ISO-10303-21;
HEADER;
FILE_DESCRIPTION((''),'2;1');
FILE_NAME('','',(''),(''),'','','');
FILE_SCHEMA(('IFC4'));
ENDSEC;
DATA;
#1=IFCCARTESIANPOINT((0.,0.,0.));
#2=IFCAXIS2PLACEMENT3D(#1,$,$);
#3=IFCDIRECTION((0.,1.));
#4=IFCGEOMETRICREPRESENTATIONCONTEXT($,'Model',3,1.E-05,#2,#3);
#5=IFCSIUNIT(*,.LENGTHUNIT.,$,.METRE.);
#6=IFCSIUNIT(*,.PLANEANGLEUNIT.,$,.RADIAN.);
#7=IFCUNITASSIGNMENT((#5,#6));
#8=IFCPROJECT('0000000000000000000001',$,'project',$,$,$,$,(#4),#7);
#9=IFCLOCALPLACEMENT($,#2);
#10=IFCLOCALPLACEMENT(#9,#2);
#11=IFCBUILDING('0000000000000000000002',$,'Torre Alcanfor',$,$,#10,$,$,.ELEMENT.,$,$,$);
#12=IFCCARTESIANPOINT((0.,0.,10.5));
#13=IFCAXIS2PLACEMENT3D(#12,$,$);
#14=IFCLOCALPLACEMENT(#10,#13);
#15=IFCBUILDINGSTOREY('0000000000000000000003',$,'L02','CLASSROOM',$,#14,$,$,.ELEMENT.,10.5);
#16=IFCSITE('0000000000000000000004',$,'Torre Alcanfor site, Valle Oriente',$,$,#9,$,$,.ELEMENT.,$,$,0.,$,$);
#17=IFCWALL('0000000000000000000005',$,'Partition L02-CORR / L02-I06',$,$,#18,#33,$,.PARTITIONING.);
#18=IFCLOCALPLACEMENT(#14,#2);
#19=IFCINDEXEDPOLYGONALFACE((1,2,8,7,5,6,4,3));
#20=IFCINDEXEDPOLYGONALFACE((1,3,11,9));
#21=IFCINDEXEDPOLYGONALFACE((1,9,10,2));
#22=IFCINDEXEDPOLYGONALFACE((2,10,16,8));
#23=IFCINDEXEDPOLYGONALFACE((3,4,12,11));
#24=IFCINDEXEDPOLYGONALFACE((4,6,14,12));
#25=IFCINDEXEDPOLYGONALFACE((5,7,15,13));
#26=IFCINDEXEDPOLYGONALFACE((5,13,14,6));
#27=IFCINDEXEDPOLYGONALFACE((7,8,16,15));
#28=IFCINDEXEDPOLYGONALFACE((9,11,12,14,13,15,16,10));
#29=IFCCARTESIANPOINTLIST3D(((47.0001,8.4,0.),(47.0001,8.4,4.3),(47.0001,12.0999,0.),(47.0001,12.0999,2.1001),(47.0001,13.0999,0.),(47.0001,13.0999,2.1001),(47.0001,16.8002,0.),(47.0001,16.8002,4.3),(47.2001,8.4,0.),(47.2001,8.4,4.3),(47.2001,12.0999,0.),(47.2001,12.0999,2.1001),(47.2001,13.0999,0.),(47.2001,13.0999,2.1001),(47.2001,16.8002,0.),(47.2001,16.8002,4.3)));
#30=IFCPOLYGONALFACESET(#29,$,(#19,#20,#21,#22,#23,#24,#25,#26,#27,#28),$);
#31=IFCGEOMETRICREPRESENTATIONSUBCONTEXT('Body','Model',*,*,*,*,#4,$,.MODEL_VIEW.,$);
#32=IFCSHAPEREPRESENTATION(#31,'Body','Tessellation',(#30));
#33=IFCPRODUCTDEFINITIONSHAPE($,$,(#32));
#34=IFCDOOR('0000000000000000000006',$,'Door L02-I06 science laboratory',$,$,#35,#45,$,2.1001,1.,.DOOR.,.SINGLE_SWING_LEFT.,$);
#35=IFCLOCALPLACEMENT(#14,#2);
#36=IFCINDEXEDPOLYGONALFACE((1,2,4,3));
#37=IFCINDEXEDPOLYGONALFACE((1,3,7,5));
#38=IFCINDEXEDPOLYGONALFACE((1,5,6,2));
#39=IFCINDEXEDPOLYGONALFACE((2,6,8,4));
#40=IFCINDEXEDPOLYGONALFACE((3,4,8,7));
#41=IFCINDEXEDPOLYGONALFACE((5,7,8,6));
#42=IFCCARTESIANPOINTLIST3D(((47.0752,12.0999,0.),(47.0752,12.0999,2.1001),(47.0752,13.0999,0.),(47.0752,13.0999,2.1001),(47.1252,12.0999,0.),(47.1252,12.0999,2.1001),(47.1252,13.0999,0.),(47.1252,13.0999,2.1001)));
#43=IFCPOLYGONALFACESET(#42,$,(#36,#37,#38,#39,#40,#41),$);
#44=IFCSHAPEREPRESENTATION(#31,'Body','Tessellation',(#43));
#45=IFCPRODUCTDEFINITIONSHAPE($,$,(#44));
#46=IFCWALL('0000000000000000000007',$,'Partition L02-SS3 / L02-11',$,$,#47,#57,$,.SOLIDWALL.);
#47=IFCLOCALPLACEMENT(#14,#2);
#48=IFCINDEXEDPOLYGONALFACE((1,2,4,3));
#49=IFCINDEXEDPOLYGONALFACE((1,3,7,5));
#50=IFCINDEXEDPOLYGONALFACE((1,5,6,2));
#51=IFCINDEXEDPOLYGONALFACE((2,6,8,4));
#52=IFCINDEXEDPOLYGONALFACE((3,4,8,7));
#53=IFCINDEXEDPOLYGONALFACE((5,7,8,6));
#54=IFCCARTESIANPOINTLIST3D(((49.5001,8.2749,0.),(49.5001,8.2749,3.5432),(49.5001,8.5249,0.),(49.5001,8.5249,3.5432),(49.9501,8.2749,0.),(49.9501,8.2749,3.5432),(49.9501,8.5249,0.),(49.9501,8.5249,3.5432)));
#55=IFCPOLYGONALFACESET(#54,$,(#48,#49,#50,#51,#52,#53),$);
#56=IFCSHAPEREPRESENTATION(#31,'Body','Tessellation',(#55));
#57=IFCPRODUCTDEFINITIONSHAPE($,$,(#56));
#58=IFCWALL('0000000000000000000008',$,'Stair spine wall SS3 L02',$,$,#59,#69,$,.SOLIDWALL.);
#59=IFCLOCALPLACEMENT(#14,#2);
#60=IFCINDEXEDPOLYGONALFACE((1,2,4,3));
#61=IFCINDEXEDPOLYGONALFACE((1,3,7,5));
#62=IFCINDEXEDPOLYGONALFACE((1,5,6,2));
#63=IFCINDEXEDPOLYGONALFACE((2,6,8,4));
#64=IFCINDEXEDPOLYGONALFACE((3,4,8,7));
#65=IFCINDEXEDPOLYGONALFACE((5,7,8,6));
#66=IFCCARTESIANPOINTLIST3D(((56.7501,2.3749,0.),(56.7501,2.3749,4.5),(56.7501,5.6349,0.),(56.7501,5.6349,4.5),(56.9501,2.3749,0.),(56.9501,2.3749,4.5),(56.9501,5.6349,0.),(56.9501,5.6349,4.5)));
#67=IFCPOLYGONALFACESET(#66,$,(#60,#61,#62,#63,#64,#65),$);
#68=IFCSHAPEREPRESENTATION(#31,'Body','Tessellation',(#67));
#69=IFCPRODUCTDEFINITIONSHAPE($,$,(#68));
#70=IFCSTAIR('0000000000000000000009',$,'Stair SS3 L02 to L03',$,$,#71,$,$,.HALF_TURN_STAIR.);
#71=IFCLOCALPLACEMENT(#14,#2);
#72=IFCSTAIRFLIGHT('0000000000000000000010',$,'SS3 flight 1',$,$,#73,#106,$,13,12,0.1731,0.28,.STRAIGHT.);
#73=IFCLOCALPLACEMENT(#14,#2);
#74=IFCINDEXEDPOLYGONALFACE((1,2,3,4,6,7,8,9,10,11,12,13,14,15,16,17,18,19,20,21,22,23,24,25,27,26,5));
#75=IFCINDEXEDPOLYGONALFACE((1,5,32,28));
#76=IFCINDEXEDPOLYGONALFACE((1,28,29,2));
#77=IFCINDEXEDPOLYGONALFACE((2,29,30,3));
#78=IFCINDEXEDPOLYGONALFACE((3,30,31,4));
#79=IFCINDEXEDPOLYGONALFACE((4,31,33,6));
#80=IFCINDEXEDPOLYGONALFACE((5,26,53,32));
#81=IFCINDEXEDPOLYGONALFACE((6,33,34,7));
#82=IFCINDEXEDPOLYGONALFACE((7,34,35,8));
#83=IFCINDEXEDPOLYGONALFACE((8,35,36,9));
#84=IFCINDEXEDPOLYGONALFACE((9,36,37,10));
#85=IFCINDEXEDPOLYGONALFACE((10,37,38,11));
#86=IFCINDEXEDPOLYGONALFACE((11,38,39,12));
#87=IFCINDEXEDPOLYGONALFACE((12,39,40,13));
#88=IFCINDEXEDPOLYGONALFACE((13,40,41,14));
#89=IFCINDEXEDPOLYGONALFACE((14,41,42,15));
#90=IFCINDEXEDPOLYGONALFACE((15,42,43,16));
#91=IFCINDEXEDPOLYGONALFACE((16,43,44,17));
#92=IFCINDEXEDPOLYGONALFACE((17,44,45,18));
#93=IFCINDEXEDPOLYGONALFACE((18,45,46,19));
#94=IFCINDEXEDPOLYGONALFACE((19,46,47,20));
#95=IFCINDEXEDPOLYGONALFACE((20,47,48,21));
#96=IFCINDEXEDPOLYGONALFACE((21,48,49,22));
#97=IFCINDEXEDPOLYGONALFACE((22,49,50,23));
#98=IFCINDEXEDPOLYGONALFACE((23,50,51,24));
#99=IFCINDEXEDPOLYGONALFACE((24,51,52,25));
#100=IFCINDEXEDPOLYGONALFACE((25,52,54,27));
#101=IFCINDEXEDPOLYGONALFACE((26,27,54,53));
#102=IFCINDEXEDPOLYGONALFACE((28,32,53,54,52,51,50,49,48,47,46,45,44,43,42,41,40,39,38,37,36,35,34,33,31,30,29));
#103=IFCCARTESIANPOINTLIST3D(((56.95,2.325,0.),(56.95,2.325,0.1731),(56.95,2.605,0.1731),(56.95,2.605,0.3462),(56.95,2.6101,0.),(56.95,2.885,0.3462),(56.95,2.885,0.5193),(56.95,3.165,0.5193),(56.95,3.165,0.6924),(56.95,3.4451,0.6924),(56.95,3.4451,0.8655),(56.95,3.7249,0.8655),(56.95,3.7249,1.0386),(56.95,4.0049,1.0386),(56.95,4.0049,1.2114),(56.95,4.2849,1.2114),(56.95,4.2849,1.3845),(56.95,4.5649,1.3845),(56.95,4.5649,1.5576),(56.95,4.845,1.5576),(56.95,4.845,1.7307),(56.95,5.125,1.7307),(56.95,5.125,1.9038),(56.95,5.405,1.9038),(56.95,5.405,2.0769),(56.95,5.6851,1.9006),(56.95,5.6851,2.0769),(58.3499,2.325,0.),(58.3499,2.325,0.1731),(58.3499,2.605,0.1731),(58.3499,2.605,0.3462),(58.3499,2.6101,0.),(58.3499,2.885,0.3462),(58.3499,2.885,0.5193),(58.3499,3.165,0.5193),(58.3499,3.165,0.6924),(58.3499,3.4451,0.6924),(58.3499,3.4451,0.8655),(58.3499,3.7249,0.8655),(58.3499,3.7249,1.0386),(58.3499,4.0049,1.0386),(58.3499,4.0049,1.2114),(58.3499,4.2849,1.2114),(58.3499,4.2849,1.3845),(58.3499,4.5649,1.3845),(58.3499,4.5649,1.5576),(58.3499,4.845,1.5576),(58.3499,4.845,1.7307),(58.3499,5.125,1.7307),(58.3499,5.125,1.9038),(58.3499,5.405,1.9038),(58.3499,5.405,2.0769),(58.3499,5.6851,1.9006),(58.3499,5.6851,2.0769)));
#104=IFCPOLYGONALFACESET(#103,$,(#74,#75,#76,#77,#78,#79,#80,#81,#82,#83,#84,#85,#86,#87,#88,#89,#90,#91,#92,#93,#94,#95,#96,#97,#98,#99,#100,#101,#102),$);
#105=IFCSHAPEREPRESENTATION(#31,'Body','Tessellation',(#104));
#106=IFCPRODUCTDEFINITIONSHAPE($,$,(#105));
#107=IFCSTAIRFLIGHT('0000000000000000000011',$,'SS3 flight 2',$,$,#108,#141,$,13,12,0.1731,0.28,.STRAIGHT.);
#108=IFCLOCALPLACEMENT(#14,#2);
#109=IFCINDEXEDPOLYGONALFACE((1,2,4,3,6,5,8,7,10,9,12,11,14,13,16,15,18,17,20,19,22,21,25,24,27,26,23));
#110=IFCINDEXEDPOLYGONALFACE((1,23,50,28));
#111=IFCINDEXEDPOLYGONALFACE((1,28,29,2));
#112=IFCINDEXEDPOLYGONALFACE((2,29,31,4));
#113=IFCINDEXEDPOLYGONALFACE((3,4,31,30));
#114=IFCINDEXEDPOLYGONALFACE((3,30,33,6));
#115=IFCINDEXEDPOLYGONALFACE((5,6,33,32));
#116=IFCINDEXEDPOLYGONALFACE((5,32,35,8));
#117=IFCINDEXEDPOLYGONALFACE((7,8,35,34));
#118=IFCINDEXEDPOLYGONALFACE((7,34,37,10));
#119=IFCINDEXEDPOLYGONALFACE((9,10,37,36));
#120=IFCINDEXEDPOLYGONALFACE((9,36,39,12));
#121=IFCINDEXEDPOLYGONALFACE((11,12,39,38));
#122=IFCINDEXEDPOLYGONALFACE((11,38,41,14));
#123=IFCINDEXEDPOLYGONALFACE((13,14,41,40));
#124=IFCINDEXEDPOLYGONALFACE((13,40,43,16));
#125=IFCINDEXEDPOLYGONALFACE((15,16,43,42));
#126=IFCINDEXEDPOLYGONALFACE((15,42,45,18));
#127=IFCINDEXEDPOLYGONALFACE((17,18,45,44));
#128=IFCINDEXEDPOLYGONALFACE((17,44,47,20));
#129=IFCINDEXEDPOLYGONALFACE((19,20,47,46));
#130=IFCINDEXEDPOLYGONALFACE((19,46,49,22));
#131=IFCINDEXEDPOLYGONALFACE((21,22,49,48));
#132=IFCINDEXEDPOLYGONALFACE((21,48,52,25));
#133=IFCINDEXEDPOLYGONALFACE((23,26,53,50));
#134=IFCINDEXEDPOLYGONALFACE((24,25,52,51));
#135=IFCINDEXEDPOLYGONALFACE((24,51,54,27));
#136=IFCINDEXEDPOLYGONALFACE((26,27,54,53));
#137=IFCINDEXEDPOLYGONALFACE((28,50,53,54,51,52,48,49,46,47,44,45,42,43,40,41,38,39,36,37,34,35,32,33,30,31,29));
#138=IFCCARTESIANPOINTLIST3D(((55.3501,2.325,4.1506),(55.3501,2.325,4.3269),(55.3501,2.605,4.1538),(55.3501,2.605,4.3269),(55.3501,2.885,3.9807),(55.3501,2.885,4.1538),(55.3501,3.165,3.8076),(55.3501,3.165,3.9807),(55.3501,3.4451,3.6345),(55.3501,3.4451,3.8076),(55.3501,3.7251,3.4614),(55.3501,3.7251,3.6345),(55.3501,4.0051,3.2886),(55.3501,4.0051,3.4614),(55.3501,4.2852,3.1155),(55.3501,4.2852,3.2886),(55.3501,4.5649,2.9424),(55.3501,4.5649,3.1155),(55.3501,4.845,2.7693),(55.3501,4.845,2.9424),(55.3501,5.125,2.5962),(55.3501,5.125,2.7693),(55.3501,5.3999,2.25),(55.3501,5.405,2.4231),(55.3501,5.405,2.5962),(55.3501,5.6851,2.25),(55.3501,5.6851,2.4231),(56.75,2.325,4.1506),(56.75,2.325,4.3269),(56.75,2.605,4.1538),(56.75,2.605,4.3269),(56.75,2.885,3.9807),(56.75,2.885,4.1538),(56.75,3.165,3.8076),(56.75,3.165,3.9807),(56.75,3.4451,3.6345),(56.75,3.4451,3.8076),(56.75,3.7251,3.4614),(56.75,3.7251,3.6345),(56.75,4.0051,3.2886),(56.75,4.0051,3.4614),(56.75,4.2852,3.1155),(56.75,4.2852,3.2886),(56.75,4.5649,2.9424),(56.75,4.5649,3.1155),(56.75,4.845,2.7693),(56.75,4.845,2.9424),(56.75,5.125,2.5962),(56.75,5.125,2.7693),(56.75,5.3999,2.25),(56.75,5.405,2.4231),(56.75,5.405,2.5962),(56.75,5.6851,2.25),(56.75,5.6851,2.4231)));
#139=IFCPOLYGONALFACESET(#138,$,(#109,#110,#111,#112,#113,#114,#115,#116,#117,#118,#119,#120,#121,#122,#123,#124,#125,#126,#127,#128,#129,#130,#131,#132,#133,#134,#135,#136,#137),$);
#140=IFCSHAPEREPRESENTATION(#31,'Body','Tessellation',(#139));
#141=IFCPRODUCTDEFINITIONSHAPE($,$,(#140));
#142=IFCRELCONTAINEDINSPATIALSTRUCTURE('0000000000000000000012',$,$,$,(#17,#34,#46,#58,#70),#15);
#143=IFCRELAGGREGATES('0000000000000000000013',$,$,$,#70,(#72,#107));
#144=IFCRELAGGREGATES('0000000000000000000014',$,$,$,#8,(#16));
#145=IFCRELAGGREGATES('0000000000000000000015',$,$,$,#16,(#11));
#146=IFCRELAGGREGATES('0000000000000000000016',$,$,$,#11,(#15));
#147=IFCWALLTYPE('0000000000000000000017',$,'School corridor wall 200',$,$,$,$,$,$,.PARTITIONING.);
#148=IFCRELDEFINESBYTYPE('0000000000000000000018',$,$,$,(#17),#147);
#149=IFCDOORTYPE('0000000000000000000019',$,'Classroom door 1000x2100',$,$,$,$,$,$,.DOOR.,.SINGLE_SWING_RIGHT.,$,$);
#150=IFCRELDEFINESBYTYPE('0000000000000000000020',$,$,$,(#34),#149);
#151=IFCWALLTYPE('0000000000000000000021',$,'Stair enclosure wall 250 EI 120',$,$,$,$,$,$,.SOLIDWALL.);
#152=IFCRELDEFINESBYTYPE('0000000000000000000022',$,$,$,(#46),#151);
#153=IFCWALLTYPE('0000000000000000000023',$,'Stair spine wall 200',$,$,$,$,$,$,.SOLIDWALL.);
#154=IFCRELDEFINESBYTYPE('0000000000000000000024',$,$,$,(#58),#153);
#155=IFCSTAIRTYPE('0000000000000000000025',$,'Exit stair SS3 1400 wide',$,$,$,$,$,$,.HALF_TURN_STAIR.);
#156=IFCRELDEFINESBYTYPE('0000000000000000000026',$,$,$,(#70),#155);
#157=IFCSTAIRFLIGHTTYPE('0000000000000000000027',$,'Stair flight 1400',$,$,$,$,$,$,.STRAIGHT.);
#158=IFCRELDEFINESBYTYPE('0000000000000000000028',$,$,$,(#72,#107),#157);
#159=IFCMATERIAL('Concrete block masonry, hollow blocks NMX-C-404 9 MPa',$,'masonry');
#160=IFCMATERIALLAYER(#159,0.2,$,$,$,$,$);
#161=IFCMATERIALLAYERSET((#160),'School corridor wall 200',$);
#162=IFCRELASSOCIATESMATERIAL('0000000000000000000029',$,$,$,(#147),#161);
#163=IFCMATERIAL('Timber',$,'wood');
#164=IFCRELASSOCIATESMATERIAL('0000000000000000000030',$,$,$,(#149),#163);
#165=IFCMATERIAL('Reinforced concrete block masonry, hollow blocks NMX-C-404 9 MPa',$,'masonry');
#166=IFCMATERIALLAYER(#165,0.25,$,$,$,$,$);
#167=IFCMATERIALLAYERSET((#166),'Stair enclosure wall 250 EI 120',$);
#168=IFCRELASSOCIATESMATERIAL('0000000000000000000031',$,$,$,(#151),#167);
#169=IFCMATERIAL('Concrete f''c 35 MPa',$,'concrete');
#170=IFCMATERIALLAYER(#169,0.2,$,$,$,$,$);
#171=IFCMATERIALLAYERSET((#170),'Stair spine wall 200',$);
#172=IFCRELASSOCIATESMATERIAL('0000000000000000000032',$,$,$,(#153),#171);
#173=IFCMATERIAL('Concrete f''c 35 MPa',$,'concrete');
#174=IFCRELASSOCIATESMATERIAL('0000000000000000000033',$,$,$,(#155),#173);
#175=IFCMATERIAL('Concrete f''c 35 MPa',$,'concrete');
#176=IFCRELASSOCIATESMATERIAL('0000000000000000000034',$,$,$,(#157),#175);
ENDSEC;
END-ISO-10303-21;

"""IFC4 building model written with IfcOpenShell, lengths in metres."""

from ifc_helpers import new_model, si_unit, direction, frame, frame_2d, origin, place, context, subcontext, project, spatial, polyline, rectangle, outline, extrude, material, layer, layer_set, type_object, element, fill, aggregate, save


model = new_model("IFC4")

# Units and contexts
model_context = context("Model", 3, precision=1e-05, world=origin(), true_north=direction((0.0, 1.0)))
body_context = subcontext(model_context, "Body", "Model", "MODEL_VIEW")
ifc_project = project(units=[si_unit("LENGTHUNIT", "METRE"), si_unit("PLANEANGLEUNIT", "RADIAN")], contexts=[model_context])

# Site, building, storey
site_placement = place(None, origin())
site = spatial("IfcSite", under=ifc_project, at=site_placement, Name="Torre Alcanfor site, Valle Oriente", CompositionType="ELEMENT", RefElevation=0.0)
building_placement = place(site_placement, origin())
building = spatial("IfcBuilding", under=site, at=building_placement, Name="Torre Alcanfor", CompositionType="ELEMENT")
storey_placement = place(building_placement, frame((0.0, 0.0, 10.5)))
storey = spatial("IfcBuildingStorey", under=building, at=storey_placement, Name="L02", Description="CLASSROOM", CompositionType="ELEMENT", Elevation=10.5)

# Shared definitions
ifc_material_1 = material(Name="Concrete block masonry, hollow blocks NMX-C-404 9 MPa", Category="masonry")
ifc_layer_1 = layer(ifc_material_1, 0.2)
ifc_layer_set_1 = layer_set([ifc_layer_1], Name="School corridor wall 200")
wall_type_1 = type_object("IfcWallType", Name="School corridor wall 200", PredefinedType="PARTITIONING", material=ifc_layer_set_1)
ifc_material_2 = material(Name="Timber", Category="wood")
door_type = type_object("IfcDoorType", Name="Classroom door 1000x2100", OperationType="SINGLE_SWING_RIGHT", PredefinedType="DOOR", material=ifc_material_2)

# Wall, opening, door
wall_1_placement = place(storey_placement, frame((47.1001, 8.3999, 0.0), z_axis=(0.0, 0.0, 1.0), x_axis=(0.0, 1.0, 0.0)))
wall_1 = element("IfcWall", 1, at=wall_1_placement, inside=storey, type_object=wall_type_1, Name="Partition L02-CORR / L02-I06", PredefinedType="PARTITIONING", context=body_context, shape_type="SweptSolid", body=[
    extrude(rectangle(XDim=8.4001, YDim=0.2, at=frame_2d((4.2002, 0.0))), origin(), (0.0, 0.0, 1.0), 4.3),
])
opening_1_placement = place(wall_1_placement, frame((3.7, 0.0, 0.0)))
opening_1 = element("IfcOpeningElement", 2, at=opening_1_placement, cuts=wall_1, PredefinedType="OPENING", context=body_context, shape_type="SweptSolid", body=[
    extrude(rectangle(XDim=1.0, YDim=2.1001, at=frame_2d((0.5, 1.05))), frame((0.0, 0.1099, 0.0), z_axis=(0.0, -1.0, 0.0), x_axis=(1.0, 0.0, 0.0)), (0.0, 0.0, 1.0), 0.22),
])
door_1_placement = place(opening_1_placement, origin())
door_1 = element("IfcDoor", 3, at=door_1_placement, inside=storey, type_object=door_type, Name="Door L02-I06 science laboratory", OperationType="SINGLE_SWING_LEFT", OverallHeight=2.1001, OverallWidth=1.0, PredefinedType="DOOR", context=body_context, shape_type="SweptSolid", body=[
    extrude(rectangle(XDim=1.0, YDim=2.1001, at=frame_2d((0.5, 1.05))), frame((0.0, 0.0249, 0.0), z_axis=(0.0, -1.0, 0.0), x_axis=(1.0, 0.0, 0.0)), (0.0, 0.0, 1.0), 0.05),
])
fill(opening_1, door_1)

# Walls
ifc_material_3 = material(Name="Reinforced concrete block masonry, hollow blocks NMX-C-404 9 MPa", Category="masonry")
ifc_layer_2 = layer(ifc_material_3, 0.25)
ifc_layer_set_2 = layer_set([ifc_layer_2], Name="Stair enclosure wall 250 EI 120")
wall_type_2 = type_object("IfcWallType", Name="Stair enclosure wall 250 EI 120", PredefinedType="SOLIDWALL", material=ifc_layer_set_2)
wall_2_placement = place(storey_placement, frame((49.5, 8.3999, 0.0), z_axis=(0.0, 0.0, 1.0), x_axis=(1.0, 0.0, 0.0)))
element("IfcWall", 4, at=wall_2_placement, inside=storey, type_object=wall_type_2, Name="Partition L02-SS3 / L02-11", PredefinedType="SOLIDWALL", context=body_context, shape_type="SweptSolid", body=[
    extrude(rectangle(XDim=0.45, YDim=0.25, at=frame_2d((0.2251, 0.0))), origin(), (0.0, 0.0, 1.0), 3.5432),
])
ifc_material_4 = material(Name="Concrete f'c 35 MPa", Category="concrete")
ifc_layer_3 = layer(ifc_material_4, 0.2)
ifc_layer_set_3 = layer_set([ifc_layer_3], Name="Stair spine wall 200")
wall_type_3 = type_object("IfcWallType", Name="Stair spine wall 200", PredefinedType="SOLIDWALL", material=ifc_layer_set_3)
wall_3_placement = place(storey_placement, frame((56.8501, 2.375, 0.0), z_axis=(0.0, 0.0, 1.0), x_axis=(0.0, 1.0, 0.0)))
element("IfcWall", 5, at=wall_3_placement, inside=storey, type_object=wall_type_3, Name="Stair spine wall SS3 L02", PredefinedType="SOLIDWALL", context=body_context, shape_type="SweptSolid", body=[
    extrude(rectangle(XDim=3.26, YDim=0.2, at=frame_2d((1.6299, 0.0))), origin(), (0.0, 0.0, 1.0), 4.5),
])

# Stair, stair flights
ifc_material_5 = material(Name="Concrete f'c 35 MPa", Category="concrete")
stair_type = type_object("IfcStairType", Name="Exit stair SS3 1400 wide", PredefinedType="HALF_TURN_STAIR", material=ifc_material_5)
stair_placement = place(storey_placement, origin())
stair = element("IfcStair", 6, at=stair_placement, inside=storey, type_object=stair_type, Name="Stair SS3 L02 to L03", PredefinedType="HALF_TURN_STAIR")
ifc_material_6 = material(Name="Concrete f'c 35 MPa", Category="concrete")
stair_flight_type = type_object("IfcStairFlightType", Name="Stair flight 1400", PredefinedType="STRAIGHT", material=ifc_material_6)
stair_flight_1_placement = place(storey_placement, frame((57.6499, 2.325, 0.0), z_axis=(0.0, 0.0, 1.0), x_axis=(0.0, 1.0, 0.0)))
stair_flight_1 = element("IfcStairFlight", 7, at=stair_flight_1_placement, type_object=stair_flight_type, Name="SS3 flight 1", NumberOfRisers=13, NumberOfTreads=12, PredefinedType="STRAIGHT", RiserHeight=0.1731, TreadLength=0.28, context=body_context, shape_type="SweptSolid", body=[
    extrude(outline(polyline([(0.0, 0.0), (0.0, 0.1731), (0.28, 0.1731), (0.28, 0.3462), (0.5601, 0.3462), (0.5601, 0.5193), (0.8401, 0.5193), (0.8401, 0.6924), (1.1201, 0.6924), (1.1201, 0.8655), (1.3999, 0.8655), (1.3999, 1.0386), (1.6799, 1.0386), (1.6799, 1.2114), (1.96, 1.2114), (1.96, 1.3845), (2.24, 1.3845), (2.24, 1.5576), (2.52, 1.5576), (2.52, 1.7307), (2.8, 1.7307), (2.8, 1.9038), (3.0801, 1.9038), (3.0801, 2.0769), (3.3601, 2.0769), (3.3601, 2.25), (3.3601, 1.9006), (0.2852, 0.0), (0.0, 0.0)])), frame((0.0, 0.7, 0.0), z_axis=(0.0, -1.0, 0.0), x_axis=(1.0, 0.0, 0.0)), (0.0, 0.0, 1.0), 1.3999),
])
stair_flight_2_placement = place(storey_placement, frame((56.05, 5.6851, 2.25), z_axis=(0.0, 0.0, 1.0), x_axis=(0.0, -1.0, 0.0)))
stair_flight_2 = element("IfcStairFlight", 8, at=stair_flight_2_placement, type_object=stair_flight_type, Name="SS3 flight 2", NumberOfRisers=13, NumberOfTreads=12, PredefinedType="STRAIGHT", RiserHeight=0.1731, TreadLength=0.28, context=body_context, shape_type="SweptSolid", body=[
    extrude(outline(polyline([(0.0, 0.0), (0.0, 0.1731), (0.28, 0.1731), (0.28, 0.3462), (0.5601, 0.3462), (0.5601, 0.5193), (0.8401, 0.5193), (0.8401, 0.6924), (1.1201, 0.6924), (1.1201, 0.8655), (1.3999, 0.8655), (1.3999, 1.0386), (1.6799, 1.0386), (1.6799, 1.2114), (1.96, 1.2114), (1.96, 1.3845), (2.24, 1.3845), (2.24, 1.5576), (2.52, 1.5576), (2.52, 1.7307), (2.8, 1.7307), (2.8, 1.9038), (3.0801, 1.9038), (3.0801, 2.0769), (3.3601, 2.0769), (3.3601, 2.25), (3.3601, 1.9006), (0.2852, 0.0), (0.0, 0.0)])), frame((0.0, 0.7, 0.0), z_axis=(0.0, -1.0, 0.0), x_axis=(1.0, 0.0, 0.0)), (0.0, 0.0, 1.0), 1.3999),
])
aggregate(stair, [stair_flight_1, stair_flight_2])

save(model, "model.ifc")
